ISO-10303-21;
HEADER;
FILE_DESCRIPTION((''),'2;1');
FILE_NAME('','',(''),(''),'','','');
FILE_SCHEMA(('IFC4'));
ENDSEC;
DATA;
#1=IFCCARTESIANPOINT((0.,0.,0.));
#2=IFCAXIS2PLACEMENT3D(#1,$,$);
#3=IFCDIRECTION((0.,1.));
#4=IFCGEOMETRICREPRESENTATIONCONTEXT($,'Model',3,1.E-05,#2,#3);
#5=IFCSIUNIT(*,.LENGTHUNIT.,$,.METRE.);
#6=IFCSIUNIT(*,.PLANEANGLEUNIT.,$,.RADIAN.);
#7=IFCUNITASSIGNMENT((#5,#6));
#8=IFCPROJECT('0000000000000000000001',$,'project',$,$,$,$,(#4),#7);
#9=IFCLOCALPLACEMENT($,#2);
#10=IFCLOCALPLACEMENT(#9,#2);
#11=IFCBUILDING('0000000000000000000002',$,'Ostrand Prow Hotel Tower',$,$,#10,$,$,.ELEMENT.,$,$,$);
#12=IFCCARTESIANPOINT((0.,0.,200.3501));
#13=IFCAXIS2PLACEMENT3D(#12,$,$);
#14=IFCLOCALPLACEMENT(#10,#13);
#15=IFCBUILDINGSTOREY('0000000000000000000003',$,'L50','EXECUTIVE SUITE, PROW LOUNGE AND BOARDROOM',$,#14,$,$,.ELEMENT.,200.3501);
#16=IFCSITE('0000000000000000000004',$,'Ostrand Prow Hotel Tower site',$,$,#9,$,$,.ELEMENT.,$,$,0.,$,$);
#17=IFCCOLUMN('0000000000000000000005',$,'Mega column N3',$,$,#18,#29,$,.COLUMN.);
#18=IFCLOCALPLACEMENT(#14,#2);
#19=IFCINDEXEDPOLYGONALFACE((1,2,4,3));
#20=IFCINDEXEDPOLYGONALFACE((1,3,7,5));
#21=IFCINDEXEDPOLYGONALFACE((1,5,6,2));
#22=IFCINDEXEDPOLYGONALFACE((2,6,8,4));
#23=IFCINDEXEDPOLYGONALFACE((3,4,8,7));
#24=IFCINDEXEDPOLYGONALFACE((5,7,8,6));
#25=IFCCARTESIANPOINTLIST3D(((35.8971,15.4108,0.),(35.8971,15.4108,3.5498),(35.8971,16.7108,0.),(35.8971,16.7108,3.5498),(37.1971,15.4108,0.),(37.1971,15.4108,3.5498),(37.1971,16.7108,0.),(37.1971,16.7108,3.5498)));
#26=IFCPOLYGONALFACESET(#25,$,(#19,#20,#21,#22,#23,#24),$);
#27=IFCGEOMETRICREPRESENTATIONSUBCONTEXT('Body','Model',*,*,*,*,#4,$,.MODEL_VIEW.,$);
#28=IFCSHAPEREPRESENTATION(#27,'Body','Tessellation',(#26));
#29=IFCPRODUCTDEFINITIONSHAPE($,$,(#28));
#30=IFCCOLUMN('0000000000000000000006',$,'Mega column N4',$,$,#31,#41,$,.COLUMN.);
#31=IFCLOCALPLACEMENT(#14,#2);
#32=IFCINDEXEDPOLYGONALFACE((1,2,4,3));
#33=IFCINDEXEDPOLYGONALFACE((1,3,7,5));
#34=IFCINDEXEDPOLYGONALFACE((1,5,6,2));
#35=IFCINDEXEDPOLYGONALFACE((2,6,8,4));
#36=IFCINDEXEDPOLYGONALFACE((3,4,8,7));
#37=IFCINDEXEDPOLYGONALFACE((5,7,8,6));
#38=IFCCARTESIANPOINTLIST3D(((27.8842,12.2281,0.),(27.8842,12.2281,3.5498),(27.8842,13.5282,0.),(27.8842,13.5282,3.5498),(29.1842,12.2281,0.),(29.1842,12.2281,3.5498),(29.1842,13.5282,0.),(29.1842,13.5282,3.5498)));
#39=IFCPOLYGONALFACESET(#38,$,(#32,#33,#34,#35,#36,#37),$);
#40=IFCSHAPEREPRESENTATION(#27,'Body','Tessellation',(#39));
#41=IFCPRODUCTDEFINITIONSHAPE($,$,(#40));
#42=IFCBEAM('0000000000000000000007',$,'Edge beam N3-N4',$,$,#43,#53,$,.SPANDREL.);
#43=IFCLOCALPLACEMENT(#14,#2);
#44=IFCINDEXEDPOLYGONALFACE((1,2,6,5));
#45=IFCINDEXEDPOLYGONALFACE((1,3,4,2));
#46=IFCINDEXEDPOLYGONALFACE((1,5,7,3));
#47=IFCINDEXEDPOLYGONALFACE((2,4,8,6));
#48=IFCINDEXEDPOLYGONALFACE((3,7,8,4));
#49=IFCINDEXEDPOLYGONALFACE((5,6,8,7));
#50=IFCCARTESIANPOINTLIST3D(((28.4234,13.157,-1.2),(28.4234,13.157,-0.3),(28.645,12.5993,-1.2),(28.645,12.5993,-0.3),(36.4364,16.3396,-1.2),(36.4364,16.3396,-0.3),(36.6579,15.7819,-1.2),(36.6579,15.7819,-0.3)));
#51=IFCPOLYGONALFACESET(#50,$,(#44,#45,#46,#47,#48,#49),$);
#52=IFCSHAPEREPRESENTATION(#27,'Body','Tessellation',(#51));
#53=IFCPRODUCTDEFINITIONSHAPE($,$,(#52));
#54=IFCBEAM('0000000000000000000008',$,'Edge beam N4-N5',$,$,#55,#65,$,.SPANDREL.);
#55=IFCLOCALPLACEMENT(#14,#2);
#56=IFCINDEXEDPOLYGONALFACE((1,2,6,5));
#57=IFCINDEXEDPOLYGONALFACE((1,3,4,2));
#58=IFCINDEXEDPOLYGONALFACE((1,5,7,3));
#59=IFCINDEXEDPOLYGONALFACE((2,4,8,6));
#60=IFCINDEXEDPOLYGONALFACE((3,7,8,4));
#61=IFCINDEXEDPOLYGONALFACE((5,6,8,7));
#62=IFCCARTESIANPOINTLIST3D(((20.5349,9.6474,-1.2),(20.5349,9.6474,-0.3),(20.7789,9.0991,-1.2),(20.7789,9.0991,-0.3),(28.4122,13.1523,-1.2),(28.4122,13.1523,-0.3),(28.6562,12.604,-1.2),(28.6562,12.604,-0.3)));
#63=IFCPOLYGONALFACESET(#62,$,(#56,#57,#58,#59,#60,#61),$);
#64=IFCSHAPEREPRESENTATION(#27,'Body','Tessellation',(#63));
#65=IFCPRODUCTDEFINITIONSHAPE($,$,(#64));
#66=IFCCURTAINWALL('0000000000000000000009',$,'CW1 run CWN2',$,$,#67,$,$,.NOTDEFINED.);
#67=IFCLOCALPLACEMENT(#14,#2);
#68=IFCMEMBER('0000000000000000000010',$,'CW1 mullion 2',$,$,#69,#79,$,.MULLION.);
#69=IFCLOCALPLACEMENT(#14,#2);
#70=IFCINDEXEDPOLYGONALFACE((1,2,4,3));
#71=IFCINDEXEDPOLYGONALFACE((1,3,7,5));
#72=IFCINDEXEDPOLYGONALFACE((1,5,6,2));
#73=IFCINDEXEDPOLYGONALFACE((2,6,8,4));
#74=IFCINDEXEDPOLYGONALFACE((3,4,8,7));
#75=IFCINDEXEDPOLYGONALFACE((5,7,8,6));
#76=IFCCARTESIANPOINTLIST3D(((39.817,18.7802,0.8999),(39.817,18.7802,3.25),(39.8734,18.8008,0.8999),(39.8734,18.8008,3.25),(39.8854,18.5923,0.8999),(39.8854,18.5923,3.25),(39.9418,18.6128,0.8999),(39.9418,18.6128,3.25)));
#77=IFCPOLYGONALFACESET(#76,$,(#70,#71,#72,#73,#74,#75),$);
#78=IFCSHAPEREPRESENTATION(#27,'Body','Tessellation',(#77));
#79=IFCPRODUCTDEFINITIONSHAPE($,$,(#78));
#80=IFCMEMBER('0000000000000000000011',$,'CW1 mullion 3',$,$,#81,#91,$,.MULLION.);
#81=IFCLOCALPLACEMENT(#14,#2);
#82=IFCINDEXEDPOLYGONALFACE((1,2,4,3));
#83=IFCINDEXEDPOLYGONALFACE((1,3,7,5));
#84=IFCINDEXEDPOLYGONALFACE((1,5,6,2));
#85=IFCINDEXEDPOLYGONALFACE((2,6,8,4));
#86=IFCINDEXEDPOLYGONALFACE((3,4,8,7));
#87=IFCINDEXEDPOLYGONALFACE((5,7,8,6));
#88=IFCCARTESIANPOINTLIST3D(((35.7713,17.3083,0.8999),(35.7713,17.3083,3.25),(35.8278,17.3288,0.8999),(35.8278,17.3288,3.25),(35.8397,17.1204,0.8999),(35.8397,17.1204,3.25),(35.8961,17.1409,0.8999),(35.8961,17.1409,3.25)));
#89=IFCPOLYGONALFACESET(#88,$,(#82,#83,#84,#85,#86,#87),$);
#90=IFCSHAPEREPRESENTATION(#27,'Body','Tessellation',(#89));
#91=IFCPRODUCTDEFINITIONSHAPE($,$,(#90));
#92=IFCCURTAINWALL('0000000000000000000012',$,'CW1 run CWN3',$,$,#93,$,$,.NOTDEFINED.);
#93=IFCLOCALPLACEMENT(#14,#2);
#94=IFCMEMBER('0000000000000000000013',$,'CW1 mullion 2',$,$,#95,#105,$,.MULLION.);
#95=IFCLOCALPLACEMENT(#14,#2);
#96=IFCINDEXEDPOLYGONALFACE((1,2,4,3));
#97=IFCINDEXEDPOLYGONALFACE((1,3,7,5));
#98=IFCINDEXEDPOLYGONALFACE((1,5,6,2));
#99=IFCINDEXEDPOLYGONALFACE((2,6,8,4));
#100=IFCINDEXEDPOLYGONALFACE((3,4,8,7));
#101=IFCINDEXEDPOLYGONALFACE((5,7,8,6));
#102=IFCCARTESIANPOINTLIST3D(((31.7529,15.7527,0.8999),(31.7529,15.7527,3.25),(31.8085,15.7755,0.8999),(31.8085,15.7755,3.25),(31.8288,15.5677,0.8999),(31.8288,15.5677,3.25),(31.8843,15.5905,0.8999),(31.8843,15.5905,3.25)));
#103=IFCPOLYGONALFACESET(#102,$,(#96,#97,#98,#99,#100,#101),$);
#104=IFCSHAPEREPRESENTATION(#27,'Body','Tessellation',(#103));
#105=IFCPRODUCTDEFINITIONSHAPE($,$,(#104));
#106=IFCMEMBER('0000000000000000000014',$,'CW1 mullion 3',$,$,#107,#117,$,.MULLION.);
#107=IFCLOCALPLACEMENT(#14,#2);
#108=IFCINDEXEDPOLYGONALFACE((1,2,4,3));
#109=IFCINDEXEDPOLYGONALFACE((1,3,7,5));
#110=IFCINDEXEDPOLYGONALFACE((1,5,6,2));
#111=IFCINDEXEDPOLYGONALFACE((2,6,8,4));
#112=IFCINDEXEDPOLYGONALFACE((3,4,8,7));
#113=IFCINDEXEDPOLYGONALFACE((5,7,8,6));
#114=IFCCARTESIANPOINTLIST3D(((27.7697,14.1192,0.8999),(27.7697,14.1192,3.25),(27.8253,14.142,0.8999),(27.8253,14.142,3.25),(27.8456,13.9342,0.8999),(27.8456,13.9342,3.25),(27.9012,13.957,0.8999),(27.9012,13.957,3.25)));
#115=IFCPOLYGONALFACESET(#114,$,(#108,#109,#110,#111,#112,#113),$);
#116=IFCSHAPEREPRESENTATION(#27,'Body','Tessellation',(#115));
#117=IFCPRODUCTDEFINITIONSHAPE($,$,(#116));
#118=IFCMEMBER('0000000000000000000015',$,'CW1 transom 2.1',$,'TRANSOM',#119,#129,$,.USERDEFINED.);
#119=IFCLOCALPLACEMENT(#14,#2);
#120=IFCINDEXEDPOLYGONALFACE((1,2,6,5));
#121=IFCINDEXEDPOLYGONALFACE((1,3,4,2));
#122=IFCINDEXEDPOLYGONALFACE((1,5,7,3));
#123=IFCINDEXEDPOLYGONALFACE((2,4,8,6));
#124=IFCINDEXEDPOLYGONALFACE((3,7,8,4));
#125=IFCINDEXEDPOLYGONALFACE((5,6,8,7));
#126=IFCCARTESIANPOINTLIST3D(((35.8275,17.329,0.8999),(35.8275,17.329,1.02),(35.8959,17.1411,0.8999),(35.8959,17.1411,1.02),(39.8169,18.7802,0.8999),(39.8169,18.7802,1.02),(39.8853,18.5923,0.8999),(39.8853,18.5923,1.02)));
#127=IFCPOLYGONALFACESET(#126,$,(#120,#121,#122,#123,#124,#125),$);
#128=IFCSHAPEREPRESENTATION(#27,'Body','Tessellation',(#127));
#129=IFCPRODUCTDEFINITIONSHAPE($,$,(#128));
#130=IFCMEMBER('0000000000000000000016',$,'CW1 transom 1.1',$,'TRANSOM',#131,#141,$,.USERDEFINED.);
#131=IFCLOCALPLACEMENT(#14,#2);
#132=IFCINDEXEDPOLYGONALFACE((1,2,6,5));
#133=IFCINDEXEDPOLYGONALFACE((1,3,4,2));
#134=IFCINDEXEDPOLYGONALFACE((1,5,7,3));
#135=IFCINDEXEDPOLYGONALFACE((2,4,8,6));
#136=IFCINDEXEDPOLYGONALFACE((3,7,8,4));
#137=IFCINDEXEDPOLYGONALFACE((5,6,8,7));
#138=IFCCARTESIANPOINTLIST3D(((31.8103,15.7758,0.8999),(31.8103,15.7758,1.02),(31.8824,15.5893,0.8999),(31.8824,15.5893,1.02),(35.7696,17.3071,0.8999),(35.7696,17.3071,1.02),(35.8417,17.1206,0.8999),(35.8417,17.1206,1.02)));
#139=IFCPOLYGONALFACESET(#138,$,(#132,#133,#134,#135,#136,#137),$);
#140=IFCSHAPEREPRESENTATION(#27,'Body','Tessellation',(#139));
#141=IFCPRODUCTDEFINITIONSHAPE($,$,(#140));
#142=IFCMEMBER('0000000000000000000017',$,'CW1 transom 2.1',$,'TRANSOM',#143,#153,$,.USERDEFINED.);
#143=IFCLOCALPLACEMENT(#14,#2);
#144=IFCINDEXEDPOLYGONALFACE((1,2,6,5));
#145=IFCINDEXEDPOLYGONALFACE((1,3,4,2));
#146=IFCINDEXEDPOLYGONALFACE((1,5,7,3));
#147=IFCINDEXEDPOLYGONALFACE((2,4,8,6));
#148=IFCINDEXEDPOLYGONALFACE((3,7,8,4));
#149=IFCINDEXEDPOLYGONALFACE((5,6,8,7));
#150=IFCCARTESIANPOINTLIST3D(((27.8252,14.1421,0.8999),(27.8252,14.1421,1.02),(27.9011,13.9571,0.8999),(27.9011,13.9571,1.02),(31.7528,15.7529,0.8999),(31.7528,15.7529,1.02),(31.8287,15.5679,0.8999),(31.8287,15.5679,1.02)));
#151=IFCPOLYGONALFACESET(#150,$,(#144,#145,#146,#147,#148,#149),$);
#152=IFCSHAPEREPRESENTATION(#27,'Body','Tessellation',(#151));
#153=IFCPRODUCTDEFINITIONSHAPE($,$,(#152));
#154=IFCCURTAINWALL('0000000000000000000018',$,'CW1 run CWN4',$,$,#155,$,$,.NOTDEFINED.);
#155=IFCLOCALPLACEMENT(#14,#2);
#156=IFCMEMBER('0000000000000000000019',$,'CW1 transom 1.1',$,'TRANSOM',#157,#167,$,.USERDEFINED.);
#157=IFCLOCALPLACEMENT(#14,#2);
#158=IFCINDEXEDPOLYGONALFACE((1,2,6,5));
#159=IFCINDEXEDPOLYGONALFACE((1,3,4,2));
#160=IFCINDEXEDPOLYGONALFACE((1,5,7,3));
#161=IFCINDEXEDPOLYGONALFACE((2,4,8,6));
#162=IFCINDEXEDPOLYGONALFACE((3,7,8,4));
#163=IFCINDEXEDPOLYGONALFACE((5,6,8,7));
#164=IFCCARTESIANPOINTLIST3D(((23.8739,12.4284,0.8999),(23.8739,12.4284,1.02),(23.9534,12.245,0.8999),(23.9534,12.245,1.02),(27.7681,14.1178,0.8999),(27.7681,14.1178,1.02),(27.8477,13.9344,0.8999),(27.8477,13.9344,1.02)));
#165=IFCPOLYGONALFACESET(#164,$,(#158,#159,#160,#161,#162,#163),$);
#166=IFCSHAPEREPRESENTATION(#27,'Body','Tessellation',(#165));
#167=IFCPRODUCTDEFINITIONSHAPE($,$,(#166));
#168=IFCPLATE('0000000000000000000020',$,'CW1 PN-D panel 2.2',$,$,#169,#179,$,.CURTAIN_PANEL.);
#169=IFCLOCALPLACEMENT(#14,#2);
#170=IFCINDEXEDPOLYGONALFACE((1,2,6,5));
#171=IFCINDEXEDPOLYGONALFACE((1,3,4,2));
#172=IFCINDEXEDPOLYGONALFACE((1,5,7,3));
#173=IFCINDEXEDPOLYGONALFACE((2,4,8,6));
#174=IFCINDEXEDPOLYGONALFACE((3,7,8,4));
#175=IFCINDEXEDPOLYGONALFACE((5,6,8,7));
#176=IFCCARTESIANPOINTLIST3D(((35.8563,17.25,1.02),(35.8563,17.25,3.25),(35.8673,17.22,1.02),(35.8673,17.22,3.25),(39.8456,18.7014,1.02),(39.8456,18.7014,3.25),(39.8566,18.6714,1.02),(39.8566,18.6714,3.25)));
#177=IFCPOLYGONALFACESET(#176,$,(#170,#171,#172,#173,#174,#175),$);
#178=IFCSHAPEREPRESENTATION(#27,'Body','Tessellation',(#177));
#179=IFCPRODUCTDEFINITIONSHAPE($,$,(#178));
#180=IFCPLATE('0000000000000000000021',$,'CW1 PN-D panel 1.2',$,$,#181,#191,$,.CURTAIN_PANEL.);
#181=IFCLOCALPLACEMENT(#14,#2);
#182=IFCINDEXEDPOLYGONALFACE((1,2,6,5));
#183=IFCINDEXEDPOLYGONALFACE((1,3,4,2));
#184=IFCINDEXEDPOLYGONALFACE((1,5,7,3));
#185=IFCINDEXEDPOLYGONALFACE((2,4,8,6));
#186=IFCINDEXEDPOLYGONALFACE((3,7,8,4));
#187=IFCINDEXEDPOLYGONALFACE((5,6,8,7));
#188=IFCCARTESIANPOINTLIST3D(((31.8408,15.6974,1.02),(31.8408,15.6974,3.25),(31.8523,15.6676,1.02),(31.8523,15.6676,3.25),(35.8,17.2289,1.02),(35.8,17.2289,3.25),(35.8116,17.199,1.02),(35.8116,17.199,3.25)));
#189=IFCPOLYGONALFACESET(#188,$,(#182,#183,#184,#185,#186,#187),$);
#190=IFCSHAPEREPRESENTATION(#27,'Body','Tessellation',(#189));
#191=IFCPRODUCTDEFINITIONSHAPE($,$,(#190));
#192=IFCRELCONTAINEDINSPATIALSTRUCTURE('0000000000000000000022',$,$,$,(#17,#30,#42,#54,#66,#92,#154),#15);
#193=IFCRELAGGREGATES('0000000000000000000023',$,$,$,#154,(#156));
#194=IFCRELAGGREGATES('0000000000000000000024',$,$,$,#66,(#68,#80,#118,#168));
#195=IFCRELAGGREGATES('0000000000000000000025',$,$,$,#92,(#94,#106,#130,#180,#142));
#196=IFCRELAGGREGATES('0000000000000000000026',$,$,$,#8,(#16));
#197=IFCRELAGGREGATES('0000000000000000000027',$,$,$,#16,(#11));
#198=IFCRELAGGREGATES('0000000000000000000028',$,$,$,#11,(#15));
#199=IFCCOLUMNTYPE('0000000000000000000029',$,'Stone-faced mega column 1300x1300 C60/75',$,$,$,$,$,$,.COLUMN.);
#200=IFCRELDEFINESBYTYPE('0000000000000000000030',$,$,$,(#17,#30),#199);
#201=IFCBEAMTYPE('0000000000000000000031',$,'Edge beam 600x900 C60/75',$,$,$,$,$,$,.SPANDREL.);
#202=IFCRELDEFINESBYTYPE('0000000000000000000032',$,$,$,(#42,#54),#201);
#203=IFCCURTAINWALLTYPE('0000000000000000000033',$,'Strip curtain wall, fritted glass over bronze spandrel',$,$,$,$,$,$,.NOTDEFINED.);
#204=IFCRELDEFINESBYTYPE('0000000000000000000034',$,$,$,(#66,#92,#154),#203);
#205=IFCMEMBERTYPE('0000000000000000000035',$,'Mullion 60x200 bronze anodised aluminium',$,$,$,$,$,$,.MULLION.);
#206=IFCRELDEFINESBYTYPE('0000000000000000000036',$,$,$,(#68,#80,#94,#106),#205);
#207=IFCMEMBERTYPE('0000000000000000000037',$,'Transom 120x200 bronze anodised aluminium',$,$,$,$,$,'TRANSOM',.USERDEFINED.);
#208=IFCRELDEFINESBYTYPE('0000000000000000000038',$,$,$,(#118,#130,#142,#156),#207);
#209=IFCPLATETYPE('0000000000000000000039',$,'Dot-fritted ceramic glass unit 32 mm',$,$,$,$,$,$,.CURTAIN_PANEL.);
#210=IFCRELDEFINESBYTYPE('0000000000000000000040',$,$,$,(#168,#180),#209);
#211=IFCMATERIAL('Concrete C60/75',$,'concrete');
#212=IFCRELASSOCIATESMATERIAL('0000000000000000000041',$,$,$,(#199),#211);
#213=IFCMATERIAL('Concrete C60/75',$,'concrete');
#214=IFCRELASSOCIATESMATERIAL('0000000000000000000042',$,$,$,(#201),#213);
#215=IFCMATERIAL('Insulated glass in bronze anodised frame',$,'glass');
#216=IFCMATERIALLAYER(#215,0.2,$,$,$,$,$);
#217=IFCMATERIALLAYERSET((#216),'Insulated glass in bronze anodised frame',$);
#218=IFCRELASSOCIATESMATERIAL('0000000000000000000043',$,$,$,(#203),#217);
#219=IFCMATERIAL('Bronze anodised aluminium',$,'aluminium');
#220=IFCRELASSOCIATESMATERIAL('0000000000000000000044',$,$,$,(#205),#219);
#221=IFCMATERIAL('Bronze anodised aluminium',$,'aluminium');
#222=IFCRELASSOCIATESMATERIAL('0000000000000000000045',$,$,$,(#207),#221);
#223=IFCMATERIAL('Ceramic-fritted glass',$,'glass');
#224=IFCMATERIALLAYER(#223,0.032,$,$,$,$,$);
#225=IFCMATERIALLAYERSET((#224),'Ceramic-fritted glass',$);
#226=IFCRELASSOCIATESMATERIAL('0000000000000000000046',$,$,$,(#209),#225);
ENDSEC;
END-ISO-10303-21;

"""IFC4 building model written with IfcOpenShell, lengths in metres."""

from ifc_helpers import new_model, si_unit, direction, frame, origin, origin_2d, place, context, subcontext, project, spatial, rectangle, extrude, material, layer, layer_set, material_profile, profile_set, type_object, element, aggregate, save


model = new_model("IFC4")

# Units and contexts
model_context = context("Model", 3, precision=1e-05, world=origin(), true_north=direction((0.0, 1.0)))
body_context = subcontext(model_context, "Body", "Model", "MODEL_VIEW")
ifc_project = project(units=[si_unit("LENGTHUNIT", "METRE"), si_unit("PLANEANGLEUNIT", "RADIAN")], contexts=[model_context])

# Site, building, storey
site_placement = place(None, origin())
site = spatial("IfcSite", under=ifc_project, at=site_placement, Name="Ostrand Prow Hotel Tower site", CompositionType="ELEMENT", RefElevation=0.0)
building_placement = place(site_placement, origin())
building = spatial("IfcBuilding", under=site, at=building_placement, Name="Ostrand Prow Hotel Tower", CompositionType="ELEMENT")
storey_placement = place(building_placement, frame((0.0, 0.0, 200.3501)))
storey = spatial("IfcBuildingStorey", under=building, at=storey_placement, Name="L50", Description="EXECUTIVE SUITE, PROW LOUNGE AND BOARDROOM", CompositionType="ELEMENT", Elevation=200.3501)

# Columns
ifc_material_1 = material(Name="Concrete C60/75", Category="concrete")
ifc_material_profile_1 = material_profile(ifc_material_1, rectangle(XDim=1.3, YDim=1.3, at=origin_2d()), Name="RC 1300x1300")
ifc_profile_set_1 = profile_set([ifc_material_profile_1], Name="Concrete C60/75")
column_type = type_object("IfcColumnType", Name="Stone-faced mega column 1300x1300 C60/75", PredefinedType="COLUMN", material=ifc_profile_set_1)
for number, where, z_axis, x_axis, name in (
    (1, (36.5471, 16.0608, 0.0), (0.0, 0.0, 1.0), (1.0, 0.0, 0.0), "Mega column N3"),
    (2, (28.5342, 12.8782, 0.0), (0.0, 0.0, 1.0), (1.0, 0.0, 0.0), "Mega column N4"),
):
    element("IfcColumn", number, at=place(storey_placement, frame(where, z_axis=z_axis, x_axis=x_axis)), inside=storey, type_object=column_type, Name=name, PredefinedType="COLUMN", context=body_context, shape_type="SweptSolid", body=[
        extrude(rectangle(XDim=1.3, YDim=1.3, at=origin_2d()), origin(), (0.0, 0.0, 1.0), 3.5498),
    ])

# Beams
ifc_material_2 = material(Name="Concrete C60/75", Category="concrete")
ifc_material_profile_2 = material_profile(ifc_material_2, rectangle(XDim=0.6001, YDim=0.8999, at=origin_2d()), Name="RC 600x900")
ifc_profile_set_2 = profile_set([ifc_material_profile_2], Name="Concrete C60/75")
beam_type = type_object("IfcBeamType", Name="Edge beam 600x900 C60/75", PredefinedType="SPANDREL", material=ifc_profile_set_2)
for number, where, z_axis, x_axis, name in (
    (3, (36.5471, 16.0608, -0.75), (-0.929376, -0.369134, 0.0), (0.369134, -0.929376, 0.0), "Edge beam N3-N4"),
    (4, (28.5342, 12.8782, -0.75), (-0.913643, -0.406517, 0.0), (0.406517, -0.913643, 0.0), "Edge beam N4-N5"),
):
    element("IfcBeam", number, at=place(storey_placement, frame(where, z_axis=z_axis, x_axis=x_axis)), inside=storey, type_object=beam_type, Name=name, PredefinedType="SPANDREL", context=body_context, shape_type="SweptSolid", body=[
        extrude(rectangle(XDim=0.6001, YDim=0.8999, at=origin_2d()), origin(), (0.0, 0.0, 1.0), 8.6218),
    ])

# Curtain walls, members
ifc_material_3 = material(Name="Insulated glass in bronze anodised frame", Category="glass")
ifc_layer_1 = layer(ifc_material_3, 0.2)
ifc_layer_set_1 = layer_set([ifc_layer_1], Name="Insulated glass in bronze anodised frame")
curtain_wall_type = type_object("IfcCurtainWallType", Name="Strip curtain wall, fritted glass over bronze spandrel", PredefinedType="NOTDEFINED", material=ifc_layer_set_1)
curtain_wall_1_placement = place(storey_placement, origin())
curtain_wall_1 = element("IfcCurtainWall", 5, at=curtain_wall_1_placement, inside=storey, type_object=curtain_wall_type, Name="CW1 run CWN2", PredefinedType="NOTDEFINED")
ifc_material_4 = material(Name="Bronze anodised aluminium", Category="aluminium")
ifc_material_profile_3 = material_profile(ifc_material_4, rectangle(XDim=0.2, YDim=0.0601, at=origin_2d()), Name="Mullion 60x200 bronze anodised aluminium")
ifc_profile_set_3 = profile_set([ifc_material_profile_3], Name="Bronze anodised aluminium")
member_type_1 = type_object("IfcMemberType", Name="Mullion 60x200 bronze anodised aluminium", PredefinedType="MULLION", material=ifc_profile_set_3)
member_1_placement = place(storey_placement, frame((39.8794, 18.6965, 0.8999), z_axis=(0.0, 0.0, 1.0), x_axis=(0.341897, -0.939737, 0.0)))
member_1 = element("IfcMember", 6, at=member_1_placement, type_object=member_type_1, Name="CW1 mullion 2", PredefinedType="MULLION", context=body_context, shape_type="SweptSolid", body=[
    extrude(rectangle(XDim=0.2, YDim=0.0601, at=origin_2d()), origin(), (0.0, 0.0, 1.0), 2.3501),
])
member_2_placement = place(storey_placement, frame((35.8337, 17.2246, 0.8999), z_axis=(0.0, 0.0, 1.0), x_axis=(0.341897, -0.939737, 0.0)))
member_2 = element("IfcMember", 7, at=member_2_placement, type_object=member_type_1, Name="CW1 mullion 3", PredefinedType="MULLION", context=body_context, shape_type="SweptSolid", body=[
    extrude(rectangle(XDim=0.2, YDim=0.0601, at=origin_2d()), origin(), (0.0, 0.0, 1.0), 2.3501),
])
curtain_wall_2_placement = place(storey_placement, origin())
curtain_wall_2 = element("IfcCurtainWall", 8, at=curtain_wall_2_placement, inside=storey, type_object=curtain_wall_type, Name="CW1 run CWN3", PredefinedType="NOTDEFINED")
member_3_placement = place(storey_placement, frame((31.8186, 15.6716, 0.8999), z_axis=(0.0, 0.0, 1.0), x_axis=(0.379453, -0.925211, 0.0)))
member_3 = element("IfcMember", 9, at=member_3_placement, type_object=member_type_1, Name="CW1 mullion 2", PredefinedType="MULLION", context=body_context, shape_type="SweptSolid", body=[
    extrude(rectangle(XDim=0.2, YDim=0.0601, at=origin_2d()), origin(), (0.0, 0.0, 1.0), 2.3501),
])
member_4_placement = place(storey_placement, frame((27.8354, 14.0381, 0.8999), z_axis=(0.0, 0.0, 1.0), x_axis=(0.379453, -0.925211, 0.0)))
member_4 = element("IfcMember", 10, at=member_4_placement, type_object=member_type_1, Name="CW1 mullion 3", PredefinedType="MULLION", context=body_context, shape_type="SweptSolid", body=[
    extrude(rectangle(XDim=0.2, YDim=0.0601, at=origin_2d()), origin(), (0.0, 0.0, 1.0), 2.3501),
])

# Members
ifc_material_5 = material(Name="Bronze anodised aluminium", Category="aluminium")
ifc_material_profile_4 = material_profile(ifc_material_5, rectangle(XDim=0.2, YDim=0.1201, at=origin_2d()), Name="Transom 120x200 bronze anodised aluminium")
ifc_profile_set_4 = profile_set([ifc_material_profile_4], Name="Bronze anodised aluminium")
member_type_2 = type_object("IfcMemberType", Name="Transom 120x200 bronze anodised aluminium", ElementType="TRANSOM", PredefinedType="USERDEFINED", material=ifc_profile_set_4)
member_5_placement = place(storey_placement, frame((39.8511, 18.6863, 0.96), z_axis=(-0.939753, -0.341854, 0.0), x_axis=(0.341854, -0.939753, 0.0)))
member_5 = element("IfcMember", 11, at=member_5_placement, type_object=member_type_2, Name="CW1 transom 2.1", ObjectType="TRANSOM", PredefinedType="USERDEFINED", context=body_context, shape_type="SweptSolid", body=[
    extrude(rectangle(XDim=0.2, YDim=0.1201, at=origin_2d()), origin(), (0.0, 0.0, 1.0), 4.2451),
])
member_6_placement = place(storey_placement, frame((35.8057, 17.2139, 0.96), z_axis=(-0.932675, -0.360717, 0.0), x_axis=(0.360717, -0.932675, 0.0)))
member_6 = element("IfcMember", 12, at=member_6_placement, type_object=member_type_2, Name="CW1 transom 1.1", ObjectType="TRANSOM", PredefinedType="USERDEFINED", context=body_context, shape_type="SweptSolid", body=[
    extrude(rectangle(XDim=0.2, YDim=0.1201, at=origin_2d()), origin(), (0.0, 0.0, 1.0), 4.2451),
])
member_7_placement = place(storey_placement, frame((31.7908, 15.6604, 0.96), z_axis=(-0.925213, -0.379448, 0.0), x_axis=(0.379448, -0.925213, 0.0)))
member_7 = element("IfcMember", 13, at=member_7_placement, type_object=member_type_2, Name="CW1 transom 2.1", ObjectType="TRANSOM", PredefinedType="USERDEFINED", context=body_context, shape_type="SweptSolid", body=[
    extrude(rectangle(XDim=0.2, YDim=0.1201, at=origin_2d()), origin(), (0.0, 0.0, 1.0), 4.2451),
])

# Curtain wall, member
curtain_wall_3_placement = place(storey_placement, origin())
curtain_wall_3 = element("IfcCurtainWall", 14, at=curtain_wall_3_placement, inside=storey, type_object=curtain_wall_type, Name="CW1 run CWN4", PredefinedType="NOTDEFINED")
member_8_placement = place(storey_placement, frame((27.8079, 14.0261, 0.96), z_axis=(-0.91739, -0.39799, 0.0), x_axis=(0.39799, -0.91739, 0.0)))
member_8 = element("IfcMember", 15, at=member_8_placement, type_object=member_type_2, Name="CW1 transom 1.1", ObjectType="TRANSOM", PredefinedType="USERDEFINED", context=body_context, shape_type="SweptSolid", body=[
    extrude(rectangle(XDim=0.2, YDim=0.1201, at=origin_2d()), origin(), (0.0, 0.0, 1.0), 4.2449),
])
aggregate(curtain_wall_3, [member_8])

# Plates
ifc_material_6 = material(Name="Ceramic-fritted glass", Category="glass")
ifc_layer_2 = layer(ifc_material_6, 0.032)
ifc_layer_set_2 = layer_set([ifc_layer_2], Name="Ceramic-fritted glass")
plate_type_1 = type_object("IfcPlateType", Name="Dot-fritted ceramic glass unit 32 mm", PredefinedType="CURTAIN_PANEL", material=ifc_layer_set_2)
plate_1_placement = place(storey_placement, frame((37.8564, 17.9607, 1.02), z_axis=(0.0, 0.0, 1.0), x_axis=(-0.939737, -0.341897, 0.0)))
plate_1 = element("IfcPlate", 16, at=plate_1_placement, type_object=plate_type_1, Name="CW1 PN-D panel 2.2", PredefinedType="CURTAIN_PANEL", context=body_context, shape_type="SweptSolid", body=[
    extrude(rectangle(XDim=4.2451, YDim=0.032, at=origin_2d()), origin(), (0.0, 0.0, 1.0), 2.23),
])
plate_2_placement = place(storey_placement, frame((33.8262, 16.4482, 1.02), z_axis=(0.0, 0.0, 1.0), x_axis=(-0.932663, -0.360749, 0.0)))
plate_2 = element("IfcPlate", 17, at=plate_2_placement, type_object=plate_type_1, Name="CW1 PN-D panel 1.2", PredefinedType="CURTAIN_PANEL", context=body_context, shape_type="SweptSolid", body=[
    extrude(rectangle(XDim=4.2451, YDim=0.032, at=origin_2d()), origin(), (0.0, 0.0, 1.0), 2.23),
])
aggregate(curtain_wall_1, [member_1, member_2, member_5, plate_1])
aggregate(curtain_wall_2, [member_3, member_4, member_6, plate_2, member_7])

save(model, "model.ifc")
